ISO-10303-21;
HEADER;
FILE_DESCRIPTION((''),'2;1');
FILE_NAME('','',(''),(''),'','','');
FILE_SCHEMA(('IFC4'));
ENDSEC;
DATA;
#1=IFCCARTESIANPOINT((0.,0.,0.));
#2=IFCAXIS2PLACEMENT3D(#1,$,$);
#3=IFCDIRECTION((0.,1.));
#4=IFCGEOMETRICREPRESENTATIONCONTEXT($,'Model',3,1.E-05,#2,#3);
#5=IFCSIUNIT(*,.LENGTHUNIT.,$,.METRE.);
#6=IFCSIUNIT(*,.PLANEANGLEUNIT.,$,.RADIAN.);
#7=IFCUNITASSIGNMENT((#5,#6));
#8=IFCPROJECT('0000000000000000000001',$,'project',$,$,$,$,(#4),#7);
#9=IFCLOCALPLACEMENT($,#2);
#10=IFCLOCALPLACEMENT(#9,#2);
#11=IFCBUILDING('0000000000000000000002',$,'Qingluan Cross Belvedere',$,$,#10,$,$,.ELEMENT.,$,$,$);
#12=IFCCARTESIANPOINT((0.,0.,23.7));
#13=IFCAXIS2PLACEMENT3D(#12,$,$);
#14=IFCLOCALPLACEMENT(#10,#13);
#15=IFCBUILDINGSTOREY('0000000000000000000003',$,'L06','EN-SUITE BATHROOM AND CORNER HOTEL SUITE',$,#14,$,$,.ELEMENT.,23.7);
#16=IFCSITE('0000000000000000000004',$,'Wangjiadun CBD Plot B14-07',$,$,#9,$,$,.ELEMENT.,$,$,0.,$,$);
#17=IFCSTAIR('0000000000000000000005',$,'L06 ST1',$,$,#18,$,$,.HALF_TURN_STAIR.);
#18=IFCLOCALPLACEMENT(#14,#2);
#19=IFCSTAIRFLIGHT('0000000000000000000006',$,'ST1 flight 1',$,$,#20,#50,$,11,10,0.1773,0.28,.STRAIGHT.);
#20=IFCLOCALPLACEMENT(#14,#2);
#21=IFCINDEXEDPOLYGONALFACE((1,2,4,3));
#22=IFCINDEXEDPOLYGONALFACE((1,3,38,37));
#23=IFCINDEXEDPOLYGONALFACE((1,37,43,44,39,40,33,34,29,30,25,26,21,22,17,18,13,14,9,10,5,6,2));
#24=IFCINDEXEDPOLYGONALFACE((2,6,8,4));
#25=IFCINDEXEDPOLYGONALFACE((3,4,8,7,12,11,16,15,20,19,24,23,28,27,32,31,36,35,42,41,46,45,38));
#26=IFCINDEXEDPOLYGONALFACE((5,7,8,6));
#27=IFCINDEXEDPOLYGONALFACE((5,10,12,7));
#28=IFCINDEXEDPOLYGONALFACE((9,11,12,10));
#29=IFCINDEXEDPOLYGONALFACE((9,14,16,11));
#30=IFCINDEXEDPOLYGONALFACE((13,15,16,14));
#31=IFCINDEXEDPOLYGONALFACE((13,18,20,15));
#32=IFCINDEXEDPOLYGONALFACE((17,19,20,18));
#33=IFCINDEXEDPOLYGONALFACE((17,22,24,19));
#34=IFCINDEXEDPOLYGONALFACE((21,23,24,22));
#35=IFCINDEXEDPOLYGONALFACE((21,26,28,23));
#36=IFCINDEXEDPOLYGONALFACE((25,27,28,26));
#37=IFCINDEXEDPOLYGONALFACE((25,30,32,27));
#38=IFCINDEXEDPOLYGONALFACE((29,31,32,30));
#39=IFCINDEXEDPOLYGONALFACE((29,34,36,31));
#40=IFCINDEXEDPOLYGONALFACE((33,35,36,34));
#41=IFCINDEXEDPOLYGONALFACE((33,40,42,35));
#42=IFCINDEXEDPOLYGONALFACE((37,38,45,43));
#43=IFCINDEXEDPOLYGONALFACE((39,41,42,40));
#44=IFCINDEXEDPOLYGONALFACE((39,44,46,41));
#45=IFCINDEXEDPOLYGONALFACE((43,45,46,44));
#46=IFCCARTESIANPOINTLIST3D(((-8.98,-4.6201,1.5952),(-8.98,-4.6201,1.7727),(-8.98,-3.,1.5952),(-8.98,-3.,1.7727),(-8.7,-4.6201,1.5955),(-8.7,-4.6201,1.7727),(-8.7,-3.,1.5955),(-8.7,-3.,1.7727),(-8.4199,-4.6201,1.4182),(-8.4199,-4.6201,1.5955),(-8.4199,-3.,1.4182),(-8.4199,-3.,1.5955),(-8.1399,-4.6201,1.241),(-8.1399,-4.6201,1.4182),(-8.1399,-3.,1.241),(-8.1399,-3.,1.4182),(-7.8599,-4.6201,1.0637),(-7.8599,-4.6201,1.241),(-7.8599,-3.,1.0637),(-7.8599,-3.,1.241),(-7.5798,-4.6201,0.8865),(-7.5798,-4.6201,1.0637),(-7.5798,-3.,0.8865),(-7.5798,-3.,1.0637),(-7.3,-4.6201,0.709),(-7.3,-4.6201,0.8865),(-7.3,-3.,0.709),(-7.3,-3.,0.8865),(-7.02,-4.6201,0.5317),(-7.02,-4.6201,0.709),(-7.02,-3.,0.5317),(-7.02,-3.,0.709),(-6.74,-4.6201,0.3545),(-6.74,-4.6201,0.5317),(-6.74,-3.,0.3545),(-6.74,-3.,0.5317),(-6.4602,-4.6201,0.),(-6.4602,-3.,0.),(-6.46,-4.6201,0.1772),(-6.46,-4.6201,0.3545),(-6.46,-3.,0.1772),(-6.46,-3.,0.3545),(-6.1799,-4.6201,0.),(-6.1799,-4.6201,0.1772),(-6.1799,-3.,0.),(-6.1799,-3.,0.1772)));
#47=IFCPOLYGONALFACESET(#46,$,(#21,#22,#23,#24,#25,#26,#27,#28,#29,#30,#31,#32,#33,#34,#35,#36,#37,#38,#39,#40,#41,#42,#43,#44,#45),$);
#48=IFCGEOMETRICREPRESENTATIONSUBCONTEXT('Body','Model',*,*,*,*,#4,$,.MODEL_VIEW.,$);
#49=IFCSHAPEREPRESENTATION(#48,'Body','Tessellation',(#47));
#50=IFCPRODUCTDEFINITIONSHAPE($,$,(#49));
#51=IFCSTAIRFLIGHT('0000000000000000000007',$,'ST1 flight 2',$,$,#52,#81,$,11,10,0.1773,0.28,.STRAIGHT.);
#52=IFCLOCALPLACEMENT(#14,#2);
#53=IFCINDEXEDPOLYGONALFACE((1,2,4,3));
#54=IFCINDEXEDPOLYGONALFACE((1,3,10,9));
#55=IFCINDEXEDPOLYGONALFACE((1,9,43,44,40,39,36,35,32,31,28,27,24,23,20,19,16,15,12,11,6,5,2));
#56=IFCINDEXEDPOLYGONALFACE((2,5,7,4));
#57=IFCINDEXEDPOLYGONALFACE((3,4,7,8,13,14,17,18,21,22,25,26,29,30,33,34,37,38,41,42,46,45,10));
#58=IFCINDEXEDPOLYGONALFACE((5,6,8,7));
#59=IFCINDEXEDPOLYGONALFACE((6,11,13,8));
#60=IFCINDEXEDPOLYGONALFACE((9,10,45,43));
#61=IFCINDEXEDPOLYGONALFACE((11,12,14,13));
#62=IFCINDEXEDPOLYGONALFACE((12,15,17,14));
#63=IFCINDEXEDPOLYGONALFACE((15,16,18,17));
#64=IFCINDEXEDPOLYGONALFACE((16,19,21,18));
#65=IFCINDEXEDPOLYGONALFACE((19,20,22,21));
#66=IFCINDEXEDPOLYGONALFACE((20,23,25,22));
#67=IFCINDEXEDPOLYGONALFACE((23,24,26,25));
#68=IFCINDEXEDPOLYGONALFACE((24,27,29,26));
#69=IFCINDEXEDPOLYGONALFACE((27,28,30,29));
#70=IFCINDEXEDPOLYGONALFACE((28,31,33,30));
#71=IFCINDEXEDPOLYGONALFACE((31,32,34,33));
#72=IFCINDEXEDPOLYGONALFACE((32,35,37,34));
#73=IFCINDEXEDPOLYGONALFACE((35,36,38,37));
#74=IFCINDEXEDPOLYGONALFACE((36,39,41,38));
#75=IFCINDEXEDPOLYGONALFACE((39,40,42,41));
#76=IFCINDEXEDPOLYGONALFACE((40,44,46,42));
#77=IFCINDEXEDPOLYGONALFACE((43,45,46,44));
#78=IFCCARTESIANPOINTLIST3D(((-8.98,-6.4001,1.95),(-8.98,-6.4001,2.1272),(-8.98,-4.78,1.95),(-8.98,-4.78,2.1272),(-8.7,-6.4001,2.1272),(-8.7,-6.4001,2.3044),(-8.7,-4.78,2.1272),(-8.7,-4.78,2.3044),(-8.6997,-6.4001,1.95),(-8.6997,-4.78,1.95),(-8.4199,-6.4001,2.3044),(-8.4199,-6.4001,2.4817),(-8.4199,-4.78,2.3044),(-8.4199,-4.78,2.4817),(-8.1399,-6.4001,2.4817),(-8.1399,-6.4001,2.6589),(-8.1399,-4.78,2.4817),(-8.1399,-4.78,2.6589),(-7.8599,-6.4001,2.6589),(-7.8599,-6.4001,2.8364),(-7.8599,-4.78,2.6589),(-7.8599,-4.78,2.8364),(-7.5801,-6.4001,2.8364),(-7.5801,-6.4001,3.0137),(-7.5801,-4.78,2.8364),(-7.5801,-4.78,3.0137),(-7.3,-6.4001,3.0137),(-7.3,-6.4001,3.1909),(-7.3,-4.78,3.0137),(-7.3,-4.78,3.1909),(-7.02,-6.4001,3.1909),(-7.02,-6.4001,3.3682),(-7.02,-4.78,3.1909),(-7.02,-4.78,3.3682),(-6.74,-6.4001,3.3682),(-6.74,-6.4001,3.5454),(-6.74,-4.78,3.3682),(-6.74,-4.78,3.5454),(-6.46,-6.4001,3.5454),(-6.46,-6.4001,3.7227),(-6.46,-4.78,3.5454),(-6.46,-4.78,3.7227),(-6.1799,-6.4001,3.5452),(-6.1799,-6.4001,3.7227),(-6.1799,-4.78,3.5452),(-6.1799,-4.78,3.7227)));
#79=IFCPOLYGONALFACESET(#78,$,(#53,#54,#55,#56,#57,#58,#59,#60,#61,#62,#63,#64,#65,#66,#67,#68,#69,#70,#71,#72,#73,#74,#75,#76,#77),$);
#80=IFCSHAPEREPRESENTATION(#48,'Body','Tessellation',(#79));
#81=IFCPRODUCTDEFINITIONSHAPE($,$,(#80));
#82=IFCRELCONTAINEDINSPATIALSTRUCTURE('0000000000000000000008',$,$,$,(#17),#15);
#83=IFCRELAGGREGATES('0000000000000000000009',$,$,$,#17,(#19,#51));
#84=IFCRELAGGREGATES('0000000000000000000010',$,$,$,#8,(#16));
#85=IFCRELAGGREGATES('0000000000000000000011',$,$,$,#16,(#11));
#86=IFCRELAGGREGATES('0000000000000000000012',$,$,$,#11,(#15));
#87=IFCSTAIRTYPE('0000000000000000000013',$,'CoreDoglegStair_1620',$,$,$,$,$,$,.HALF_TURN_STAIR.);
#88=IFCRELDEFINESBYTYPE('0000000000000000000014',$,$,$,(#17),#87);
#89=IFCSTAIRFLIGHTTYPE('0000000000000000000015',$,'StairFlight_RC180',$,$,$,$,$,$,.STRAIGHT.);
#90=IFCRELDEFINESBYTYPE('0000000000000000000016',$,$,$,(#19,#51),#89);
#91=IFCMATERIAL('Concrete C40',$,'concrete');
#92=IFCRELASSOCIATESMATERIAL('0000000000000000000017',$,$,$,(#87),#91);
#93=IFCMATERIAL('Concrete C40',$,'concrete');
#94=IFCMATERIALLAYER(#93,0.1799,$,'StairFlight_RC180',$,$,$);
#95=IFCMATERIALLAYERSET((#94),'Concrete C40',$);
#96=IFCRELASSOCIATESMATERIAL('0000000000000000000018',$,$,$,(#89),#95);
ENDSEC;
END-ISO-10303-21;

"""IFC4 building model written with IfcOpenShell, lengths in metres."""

from ifc_helpers import new_model, si_unit, direction, frame, origin, place, context, subcontext, project, spatial, polyline, outline, extrude, material, layer, layer_set, type_object, element, aggregate, save


model = new_model("IFC4")

# Units and contexts
model_context = context("Model", 3, precision=1e-05, world=origin(), true_north=direction((0.0, 1.0)))
body_context = subcontext(model_context, "Body", "Model", "MODEL_VIEW")
ifc_project = project(units=[si_unit("LENGTHUNIT", "METRE"), si_unit("PLANEANGLEUNIT", "RADIAN")], contexts=[model_context])

# Site, building, storey
site_placement = place(None, origin())
site = spatial("IfcSite", under=ifc_project, at=site_placement, Name="Wangjiadun CBD Plot B14-07", CompositionType="ELEMENT", RefElevation=0.0)
building_placement = place(site_placement, origin())
building = spatial("IfcBuilding", under=site, at=building_placement, Name="Qingluan Cross Belvedere", CompositionType="ELEMENT")
storey_placement = place(building_placement, frame((0.0, 0.0, 23.7)))
storey = spatial("IfcBuildingStorey", under=building, at=storey_placement, Name="L06", Description="EN-SUITE BATHROOM AND CORNER HOTEL SUITE", CompositionType="ELEMENT", Elevation=23.7)

# Stair, stair flights
ifc_material_1 = material(Name="Concrete C40", Category="concrete")
stair_type = type_object("IfcStairType", Name="CoreDoglegStair_1620", PredefinedType="HALF_TURN_STAIR", material=ifc_material_1)
stair_placement = place(storey_placement, origin())
stair = element("IfcStair", 1, at=stair_placement, inside=storey, type_object=stair_type, Name="L06 ST1", PredefinedType="HALF_TURN_STAIR")
ifc_material_2 = material(Name="Concrete C40", Category="concrete")
ifc_layer_1 = layer(ifc_material_2, 0.1799, Name="StairFlight_RC180")
ifc_layer_set_1 = layer_set([ifc_layer_1], Name="Concrete C40")
stair_flight_type = type_object("IfcStairFlightType", Name="StairFlight_RC180", PredefinedType="STRAIGHT", material=ifc_layer_set_1)
stair_flight_1_placement = place(storey_placement, frame((-6.1799, -3.8101, 0.0), z_axis=(0.0, 0.0, 1.0), x_axis=(-1.0, 0.0, 0.0)))
stair_flight_1 = element("IfcStairFlight", 2, at=stair_flight_1_placement, type_object=stair_flight_type, Name="ST1 flight 1", NumberOfRisers=11, NumberOfTreads=10, PredefinedType="STRAIGHT", RiserHeight=0.1773, TreadLength=0.28, context=body_context, shape_type="SweptSolid", body=[
    extrude(outline(polyline([(0.0, 0.0), (0.0, 0.1772), (0.28, 0.1772), (0.28, 0.3545), (0.5601, 0.3545), (0.5601, 0.5317), (0.8401, 0.5317), (0.8401, 0.709), (1.1201, 0.709), (1.1201, 0.8865), (1.3999, 0.8865), (1.3999, 1.0637), (1.6799, 1.0637), (1.6799, 1.241), (1.96, 1.241), (1.96, 1.4182), (2.24, 1.4182), (2.24, 1.5955), (2.52, 1.5955), (2.52, 1.7727), (2.8, 1.7727), (2.8, 1.95), (2.8, 1.5952), (0.2803, 0.0), (0.0, 0.0)])), frame((0.0, 0.8101, 0.0), z_axis=(0.0, -1.0, 0.0), x_axis=(1.0, 0.0, 0.0)), (0.0, 0.0, 1.0), 1.6201),
])
stair_flight_2_placement = place(storey_placement, frame((-8.98, -5.5901, 1.95), z_axis=(0.0, 0.0, 1.0), x_axis=(1.0, 0.0, 0.0)))
stair_flight_2 = element("IfcStairFlight", 3, at=stair_flight_2_placement, type_object=stair_flight_type, Name="ST1 flight 2", NumberOfRisers=11, NumberOfTreads=10, PredefinedType="STRAIGHT", RiserHeight=0.1773, TreadLength=0.28, context=body_context, shape_type="SweptSolid", body=[
    extrude(outline(polyline([(0.0, 0.0), (0.0, 0.1772), (0.28, 0.1772), (0.28, 0.3545), (0.5601, 0.3545), (0.5601, 0.5317), (0.8401, 0.5317), (0.8401, 0.709), (1.1201, 0.709), (1.1201, 0.8865), (1.3999, 0.8865), (1.3999, 1.0637), (1.6799, 1.0637), (1.6799, 1.241), (1.96, 1.241), (1.96, 1.4182), (2.24, 1.4182), (2.24, 1.5955), (2.52, 1.5955), (2.52, 1.7727), (2.8, 1.7727), (2.8, 1.95), (2.8, 1.5952), (0.2803, 0.0), (0.0, 0.0)])), frame((0.0, 0.8101, 0.0), z_axis=(0.0, -1.0, 0.0), x_axis=(1.0, 0.0, 0.0)), (0.0, 0.0, 1.0), 1.6201),
])
aggregate(stair, [stair_flight_1, stair_flight_2])

save(model, "model.ifc")
